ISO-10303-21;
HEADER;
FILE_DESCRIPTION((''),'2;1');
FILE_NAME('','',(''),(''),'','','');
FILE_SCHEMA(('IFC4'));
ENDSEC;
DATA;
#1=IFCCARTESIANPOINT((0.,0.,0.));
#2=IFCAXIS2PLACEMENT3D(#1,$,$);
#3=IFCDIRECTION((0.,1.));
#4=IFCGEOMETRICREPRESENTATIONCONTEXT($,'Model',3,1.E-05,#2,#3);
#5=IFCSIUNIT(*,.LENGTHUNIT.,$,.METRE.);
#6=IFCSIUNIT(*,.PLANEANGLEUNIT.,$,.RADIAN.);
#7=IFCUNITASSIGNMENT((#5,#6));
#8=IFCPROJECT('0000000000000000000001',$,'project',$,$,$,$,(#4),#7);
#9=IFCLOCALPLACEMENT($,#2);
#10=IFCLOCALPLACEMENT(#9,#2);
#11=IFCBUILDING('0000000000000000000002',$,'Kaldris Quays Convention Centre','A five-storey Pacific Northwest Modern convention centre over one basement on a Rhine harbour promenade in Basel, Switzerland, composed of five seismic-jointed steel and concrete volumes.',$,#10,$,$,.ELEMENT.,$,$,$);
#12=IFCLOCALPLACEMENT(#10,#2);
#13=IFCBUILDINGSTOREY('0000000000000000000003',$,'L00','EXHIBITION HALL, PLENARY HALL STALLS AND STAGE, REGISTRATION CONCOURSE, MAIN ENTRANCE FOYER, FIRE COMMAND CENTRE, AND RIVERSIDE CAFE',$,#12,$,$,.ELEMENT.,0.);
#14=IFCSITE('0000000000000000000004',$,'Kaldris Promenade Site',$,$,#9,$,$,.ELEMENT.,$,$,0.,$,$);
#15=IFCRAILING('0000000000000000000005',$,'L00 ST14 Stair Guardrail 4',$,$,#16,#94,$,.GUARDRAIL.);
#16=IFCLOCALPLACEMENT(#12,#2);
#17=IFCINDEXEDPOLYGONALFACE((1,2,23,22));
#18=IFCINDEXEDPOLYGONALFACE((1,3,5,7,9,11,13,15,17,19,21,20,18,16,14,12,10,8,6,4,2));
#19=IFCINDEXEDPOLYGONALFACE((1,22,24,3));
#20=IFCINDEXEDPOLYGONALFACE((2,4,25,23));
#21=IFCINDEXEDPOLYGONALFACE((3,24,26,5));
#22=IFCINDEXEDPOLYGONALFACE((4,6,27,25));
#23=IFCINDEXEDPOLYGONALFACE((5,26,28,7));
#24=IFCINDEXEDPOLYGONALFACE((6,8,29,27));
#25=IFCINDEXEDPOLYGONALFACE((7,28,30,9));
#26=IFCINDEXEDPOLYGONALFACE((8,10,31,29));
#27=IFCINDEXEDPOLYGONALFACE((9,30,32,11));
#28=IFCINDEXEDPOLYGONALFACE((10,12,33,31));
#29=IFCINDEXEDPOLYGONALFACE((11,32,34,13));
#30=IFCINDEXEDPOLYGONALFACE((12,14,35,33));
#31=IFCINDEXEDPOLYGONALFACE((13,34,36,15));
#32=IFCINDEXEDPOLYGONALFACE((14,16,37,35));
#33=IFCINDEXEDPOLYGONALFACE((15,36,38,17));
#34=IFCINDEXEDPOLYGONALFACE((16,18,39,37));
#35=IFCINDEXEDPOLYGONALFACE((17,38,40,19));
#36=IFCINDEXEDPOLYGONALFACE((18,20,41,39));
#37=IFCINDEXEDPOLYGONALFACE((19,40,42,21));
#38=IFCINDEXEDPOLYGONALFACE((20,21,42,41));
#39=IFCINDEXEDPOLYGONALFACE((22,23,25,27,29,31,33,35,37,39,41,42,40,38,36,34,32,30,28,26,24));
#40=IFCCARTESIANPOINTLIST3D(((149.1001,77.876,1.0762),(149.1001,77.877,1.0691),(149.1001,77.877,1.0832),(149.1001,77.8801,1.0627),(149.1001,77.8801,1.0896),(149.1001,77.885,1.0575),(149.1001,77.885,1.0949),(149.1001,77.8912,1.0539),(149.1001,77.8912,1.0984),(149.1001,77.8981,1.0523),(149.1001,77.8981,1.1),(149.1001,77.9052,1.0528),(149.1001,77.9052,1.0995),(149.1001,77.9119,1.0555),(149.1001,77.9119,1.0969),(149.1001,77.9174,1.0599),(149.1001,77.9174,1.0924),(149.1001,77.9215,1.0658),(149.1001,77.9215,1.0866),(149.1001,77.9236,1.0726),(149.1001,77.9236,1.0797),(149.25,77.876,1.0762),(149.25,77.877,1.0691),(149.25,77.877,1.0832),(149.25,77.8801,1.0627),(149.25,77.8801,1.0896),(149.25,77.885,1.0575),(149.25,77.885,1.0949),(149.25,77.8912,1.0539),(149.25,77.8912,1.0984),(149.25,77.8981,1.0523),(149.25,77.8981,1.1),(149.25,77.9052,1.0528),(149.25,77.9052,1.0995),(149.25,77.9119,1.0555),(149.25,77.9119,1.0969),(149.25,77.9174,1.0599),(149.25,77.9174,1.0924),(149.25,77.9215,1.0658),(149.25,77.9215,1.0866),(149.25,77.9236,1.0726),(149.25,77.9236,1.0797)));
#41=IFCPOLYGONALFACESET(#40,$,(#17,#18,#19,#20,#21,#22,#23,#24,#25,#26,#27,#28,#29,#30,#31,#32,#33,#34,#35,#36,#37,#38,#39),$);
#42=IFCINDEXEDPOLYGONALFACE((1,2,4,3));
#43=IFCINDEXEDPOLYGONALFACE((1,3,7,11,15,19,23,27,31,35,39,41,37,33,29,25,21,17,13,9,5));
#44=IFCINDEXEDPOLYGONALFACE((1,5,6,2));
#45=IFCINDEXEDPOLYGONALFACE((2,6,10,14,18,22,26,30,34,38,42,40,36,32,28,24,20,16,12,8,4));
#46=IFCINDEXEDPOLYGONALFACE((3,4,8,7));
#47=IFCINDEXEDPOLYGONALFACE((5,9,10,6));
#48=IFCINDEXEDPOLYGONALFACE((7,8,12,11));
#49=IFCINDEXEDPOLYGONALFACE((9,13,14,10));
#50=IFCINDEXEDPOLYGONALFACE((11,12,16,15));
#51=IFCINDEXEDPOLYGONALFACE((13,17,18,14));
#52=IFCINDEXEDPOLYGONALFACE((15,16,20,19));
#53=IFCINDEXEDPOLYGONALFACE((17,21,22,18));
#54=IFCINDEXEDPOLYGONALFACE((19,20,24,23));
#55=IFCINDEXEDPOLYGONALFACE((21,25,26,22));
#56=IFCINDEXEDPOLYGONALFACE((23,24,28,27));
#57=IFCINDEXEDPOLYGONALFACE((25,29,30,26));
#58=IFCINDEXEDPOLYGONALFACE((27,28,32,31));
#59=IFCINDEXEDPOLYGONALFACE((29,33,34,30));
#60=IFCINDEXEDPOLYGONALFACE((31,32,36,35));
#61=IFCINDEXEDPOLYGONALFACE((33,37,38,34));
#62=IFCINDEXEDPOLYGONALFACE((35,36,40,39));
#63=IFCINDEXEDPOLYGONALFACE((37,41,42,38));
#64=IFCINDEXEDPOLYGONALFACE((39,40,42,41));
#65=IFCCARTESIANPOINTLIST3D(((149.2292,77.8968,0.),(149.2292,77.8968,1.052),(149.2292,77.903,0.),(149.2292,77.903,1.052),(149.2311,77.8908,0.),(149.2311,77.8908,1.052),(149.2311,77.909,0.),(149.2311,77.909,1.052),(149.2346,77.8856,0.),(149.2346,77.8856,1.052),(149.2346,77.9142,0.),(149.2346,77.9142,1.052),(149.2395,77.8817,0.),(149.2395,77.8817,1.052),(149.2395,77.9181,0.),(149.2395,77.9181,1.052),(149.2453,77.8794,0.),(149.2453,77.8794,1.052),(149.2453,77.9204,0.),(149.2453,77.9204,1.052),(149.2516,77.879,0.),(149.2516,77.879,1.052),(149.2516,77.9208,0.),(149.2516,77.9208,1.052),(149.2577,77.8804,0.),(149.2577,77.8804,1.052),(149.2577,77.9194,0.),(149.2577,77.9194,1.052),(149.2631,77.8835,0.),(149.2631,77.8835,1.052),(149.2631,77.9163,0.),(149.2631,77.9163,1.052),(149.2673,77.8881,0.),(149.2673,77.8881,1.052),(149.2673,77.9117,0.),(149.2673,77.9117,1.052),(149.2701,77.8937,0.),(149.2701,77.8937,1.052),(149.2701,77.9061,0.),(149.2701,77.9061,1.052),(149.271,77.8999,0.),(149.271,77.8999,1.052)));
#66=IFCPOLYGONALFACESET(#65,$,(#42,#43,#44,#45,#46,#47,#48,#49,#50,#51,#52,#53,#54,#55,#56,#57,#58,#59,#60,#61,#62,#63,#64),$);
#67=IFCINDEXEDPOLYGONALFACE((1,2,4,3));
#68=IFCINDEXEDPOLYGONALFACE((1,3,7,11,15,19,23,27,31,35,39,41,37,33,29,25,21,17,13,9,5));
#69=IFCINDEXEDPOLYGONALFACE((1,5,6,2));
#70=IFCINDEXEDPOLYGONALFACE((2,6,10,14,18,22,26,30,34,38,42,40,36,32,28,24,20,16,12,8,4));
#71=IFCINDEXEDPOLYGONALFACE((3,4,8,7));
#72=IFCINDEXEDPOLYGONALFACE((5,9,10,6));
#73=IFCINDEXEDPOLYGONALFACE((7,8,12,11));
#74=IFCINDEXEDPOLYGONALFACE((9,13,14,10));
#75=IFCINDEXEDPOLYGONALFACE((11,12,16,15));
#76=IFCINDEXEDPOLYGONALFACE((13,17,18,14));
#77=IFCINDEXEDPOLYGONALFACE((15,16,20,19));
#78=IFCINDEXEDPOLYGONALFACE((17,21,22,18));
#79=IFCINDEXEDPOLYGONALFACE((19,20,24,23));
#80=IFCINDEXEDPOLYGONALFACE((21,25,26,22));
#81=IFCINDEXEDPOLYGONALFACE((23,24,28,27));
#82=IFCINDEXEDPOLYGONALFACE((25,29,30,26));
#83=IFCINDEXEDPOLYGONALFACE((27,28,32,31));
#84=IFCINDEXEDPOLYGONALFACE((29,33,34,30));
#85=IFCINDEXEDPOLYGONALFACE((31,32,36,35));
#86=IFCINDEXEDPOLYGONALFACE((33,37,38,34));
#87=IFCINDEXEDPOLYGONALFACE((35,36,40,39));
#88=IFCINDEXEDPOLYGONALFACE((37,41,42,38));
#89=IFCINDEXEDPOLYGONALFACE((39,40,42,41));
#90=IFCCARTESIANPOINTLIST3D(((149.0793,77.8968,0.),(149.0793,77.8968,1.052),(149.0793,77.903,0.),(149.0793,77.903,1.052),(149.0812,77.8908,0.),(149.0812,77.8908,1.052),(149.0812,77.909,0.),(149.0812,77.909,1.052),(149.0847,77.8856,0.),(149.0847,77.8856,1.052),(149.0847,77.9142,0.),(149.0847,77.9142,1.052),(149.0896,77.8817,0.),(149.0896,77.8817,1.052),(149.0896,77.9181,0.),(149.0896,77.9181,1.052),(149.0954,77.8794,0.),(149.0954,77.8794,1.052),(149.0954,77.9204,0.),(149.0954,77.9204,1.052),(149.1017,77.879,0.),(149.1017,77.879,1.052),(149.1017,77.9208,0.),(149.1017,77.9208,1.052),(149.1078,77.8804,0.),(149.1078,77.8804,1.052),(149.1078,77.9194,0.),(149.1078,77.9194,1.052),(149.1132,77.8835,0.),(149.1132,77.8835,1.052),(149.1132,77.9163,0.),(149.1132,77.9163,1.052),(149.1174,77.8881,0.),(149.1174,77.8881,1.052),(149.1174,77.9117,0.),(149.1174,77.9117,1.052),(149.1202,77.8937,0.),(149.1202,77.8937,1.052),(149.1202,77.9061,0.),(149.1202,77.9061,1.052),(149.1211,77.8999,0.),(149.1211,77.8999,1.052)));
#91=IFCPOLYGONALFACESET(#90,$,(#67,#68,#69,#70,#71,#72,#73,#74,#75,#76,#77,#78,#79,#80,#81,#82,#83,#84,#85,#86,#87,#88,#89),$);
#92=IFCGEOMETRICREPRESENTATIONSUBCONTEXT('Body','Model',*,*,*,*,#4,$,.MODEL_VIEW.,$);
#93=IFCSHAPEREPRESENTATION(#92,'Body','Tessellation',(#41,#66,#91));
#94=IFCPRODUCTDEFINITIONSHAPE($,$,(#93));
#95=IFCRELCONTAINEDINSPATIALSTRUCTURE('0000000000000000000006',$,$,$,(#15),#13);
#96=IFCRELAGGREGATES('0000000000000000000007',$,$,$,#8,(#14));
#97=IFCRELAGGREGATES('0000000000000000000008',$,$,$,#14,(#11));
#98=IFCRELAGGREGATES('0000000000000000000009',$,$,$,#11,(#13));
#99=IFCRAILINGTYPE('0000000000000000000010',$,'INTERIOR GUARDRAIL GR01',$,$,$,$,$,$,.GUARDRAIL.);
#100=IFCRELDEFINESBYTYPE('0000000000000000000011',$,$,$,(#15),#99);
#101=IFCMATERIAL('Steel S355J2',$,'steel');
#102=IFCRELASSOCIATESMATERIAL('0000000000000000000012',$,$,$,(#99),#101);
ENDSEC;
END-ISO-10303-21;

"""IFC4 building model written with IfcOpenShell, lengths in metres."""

from ifc_helpers import new_model, si_unit, direction, frame, origin, origin_2d, place, context, subcontext, project, spatial, circle, extrude, material, type_object, element, save


model = new_model("IFC4")

# Units and contexts
model_context = context("Model", 3, precision=1e-05, world=origin(), true_north=direction((0.0, 1.0)))
body_context = subcontext(model_context, "Body", "Model", "MODEL_VIEW")
ifc_project = project(units=[si_unit("LENGTHUNIT", "METRE"), si_unit("PLANEANGLEUNIT", "RADIAN")], contexts=[model_context])

# Site, building, storey
site_placement = place(None, origin())
site = spatial("IfcSite", under=ifc_project, at=site_placement, Name="Kaldris Promenade Site", CompositionType="ELEMENT", RefElevation=0.0)
building_placement = place(site_placement, origin())
building = spatial("IfcBuilding", under=site, at=building_placement, Name="Kaldris Quays Convention Centre", Description="A five-storey Pacific Northwest Modern convention centre over one basement on a Rhine harbour promenade in Basel, Switzerland, composed of five seismic-jointed steel and concrete volumes.", CompositionType="ELEMENT")
storey_placement = place(building_placement, origin())
storey = spatial("IfcBuildingStorey", under=building, at=storey_placement, Name="L00", Description="EXHIBITION HALL, PLENARY HALL STALLS AND STAGE, REGISTRATION CONCOURSE, MAIN ENTRANCE FOYER, FIRE COMMAND CENTRE, AND RIVERSIDE CAFE", CompositionType="ELEMENT", Elevation=0.0)

# Shared definitions
ifc_material_1 = material(Name="Steel S355J2", Category="steel")

# Railing
railing_type_1 = type_object("IfcRailingType", Name="INTERIOR GUARDRAIL GR01", PredefinedType="GUARDRAIL", material=ifc_material_1)
railing_1_placement = place(storey_placement, frame((149.25, 77.8999, 0.0)))
element("IfcRailing", 1, at=railing_1_placement, inside=storey, type_object=railing_type_1, Name="L00 ST14 Stair Guardrail 4", PredefinedType="GUARDRAIL", context=body_context, shape_type="SweptSolid", body=[
    extrude(circle(Radius=0.0239, at=origin_2d()), frame((0.0, 0.0, 1.0762), z_axis=(-1.0, 0.0, 0.0), x_axis=(0.0, -1.0, 0.0)), (0.0, 0.0, 1.0), 0.1499),
    extrude(circle(Radius=0.021, at=origin_2d()), origin(), (0.0, 0.0, 1.0), 1.052),
    extrude(circle(Radius=0.021, at=origin_2d()), frame((-0.1499, 0.0, 0.0)), (0.0, 0.0, 1.0), 1.052),
])

save(model, "model.ifc")
